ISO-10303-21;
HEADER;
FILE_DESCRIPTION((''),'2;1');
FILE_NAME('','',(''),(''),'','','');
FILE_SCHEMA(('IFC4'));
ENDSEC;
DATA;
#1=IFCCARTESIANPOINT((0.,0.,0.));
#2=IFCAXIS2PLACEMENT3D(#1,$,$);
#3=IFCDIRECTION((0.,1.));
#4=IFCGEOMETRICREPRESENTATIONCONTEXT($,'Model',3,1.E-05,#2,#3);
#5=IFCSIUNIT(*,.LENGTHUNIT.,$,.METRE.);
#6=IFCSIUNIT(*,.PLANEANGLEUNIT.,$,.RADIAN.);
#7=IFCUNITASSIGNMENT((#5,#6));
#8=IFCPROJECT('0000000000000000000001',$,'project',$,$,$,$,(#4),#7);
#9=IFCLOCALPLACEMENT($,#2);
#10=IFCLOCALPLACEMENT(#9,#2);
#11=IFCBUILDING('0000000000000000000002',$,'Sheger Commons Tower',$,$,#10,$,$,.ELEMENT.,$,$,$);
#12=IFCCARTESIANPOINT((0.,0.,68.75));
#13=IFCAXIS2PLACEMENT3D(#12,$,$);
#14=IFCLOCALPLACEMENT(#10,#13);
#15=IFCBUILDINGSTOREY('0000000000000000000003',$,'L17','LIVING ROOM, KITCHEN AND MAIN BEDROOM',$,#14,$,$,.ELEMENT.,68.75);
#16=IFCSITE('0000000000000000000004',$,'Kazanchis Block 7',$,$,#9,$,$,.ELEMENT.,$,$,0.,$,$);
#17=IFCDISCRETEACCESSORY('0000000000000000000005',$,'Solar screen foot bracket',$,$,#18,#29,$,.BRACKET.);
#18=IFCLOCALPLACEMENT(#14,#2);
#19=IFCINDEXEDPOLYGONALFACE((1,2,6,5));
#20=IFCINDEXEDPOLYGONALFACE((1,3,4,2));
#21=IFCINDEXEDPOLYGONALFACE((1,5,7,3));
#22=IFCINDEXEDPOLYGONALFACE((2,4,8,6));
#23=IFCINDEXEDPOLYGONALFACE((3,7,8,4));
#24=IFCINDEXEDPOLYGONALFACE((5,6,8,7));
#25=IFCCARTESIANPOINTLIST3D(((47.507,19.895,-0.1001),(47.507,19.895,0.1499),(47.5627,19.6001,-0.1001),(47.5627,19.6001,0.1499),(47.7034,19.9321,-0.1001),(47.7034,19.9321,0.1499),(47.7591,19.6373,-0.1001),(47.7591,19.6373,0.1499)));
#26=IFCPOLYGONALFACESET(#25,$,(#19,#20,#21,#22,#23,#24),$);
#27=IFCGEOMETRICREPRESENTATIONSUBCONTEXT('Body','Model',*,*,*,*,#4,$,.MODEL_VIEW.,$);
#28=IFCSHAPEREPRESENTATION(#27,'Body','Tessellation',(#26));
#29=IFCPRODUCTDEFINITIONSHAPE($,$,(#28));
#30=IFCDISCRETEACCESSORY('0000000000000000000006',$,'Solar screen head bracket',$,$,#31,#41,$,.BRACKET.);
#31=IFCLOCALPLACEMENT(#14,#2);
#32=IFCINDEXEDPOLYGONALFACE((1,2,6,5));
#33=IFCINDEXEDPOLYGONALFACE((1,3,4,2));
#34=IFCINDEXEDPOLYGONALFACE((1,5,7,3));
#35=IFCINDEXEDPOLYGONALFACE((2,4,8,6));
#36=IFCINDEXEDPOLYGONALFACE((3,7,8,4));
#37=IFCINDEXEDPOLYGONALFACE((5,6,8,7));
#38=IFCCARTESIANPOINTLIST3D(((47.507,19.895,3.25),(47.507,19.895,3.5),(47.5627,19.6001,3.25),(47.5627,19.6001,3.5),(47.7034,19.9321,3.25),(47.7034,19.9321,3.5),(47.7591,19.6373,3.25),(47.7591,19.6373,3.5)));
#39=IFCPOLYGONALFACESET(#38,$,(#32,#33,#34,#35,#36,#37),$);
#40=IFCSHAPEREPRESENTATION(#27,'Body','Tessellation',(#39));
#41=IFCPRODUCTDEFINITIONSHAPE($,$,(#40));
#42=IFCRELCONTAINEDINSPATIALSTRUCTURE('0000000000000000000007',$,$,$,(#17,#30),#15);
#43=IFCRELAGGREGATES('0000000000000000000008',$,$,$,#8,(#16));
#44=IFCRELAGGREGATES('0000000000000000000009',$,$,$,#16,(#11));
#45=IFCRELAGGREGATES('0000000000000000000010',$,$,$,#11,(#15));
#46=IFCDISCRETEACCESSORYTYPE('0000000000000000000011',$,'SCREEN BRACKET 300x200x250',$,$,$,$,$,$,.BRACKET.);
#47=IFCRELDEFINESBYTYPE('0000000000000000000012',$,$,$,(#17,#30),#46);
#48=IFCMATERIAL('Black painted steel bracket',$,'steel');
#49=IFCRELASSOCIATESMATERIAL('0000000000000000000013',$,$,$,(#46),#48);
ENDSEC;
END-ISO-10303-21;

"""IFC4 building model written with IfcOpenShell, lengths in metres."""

from ifc_helpers import new_model, si_unit, direction, frame, origin, origin_2d, place, context, subcontext, project, spatial, rectangle, extrude, material, type_object, element, save


model = new_model("IFC4")

# Units and contexts
model_context = context("Model", 3, precision=1e-05, world=origin(), true_north=direction((0.0, 1.0)))
body_context = subcontext(model_context, "Body", "Model", "MODEL_VIEW")
ifc_project = project(units=[si_unit("LENGTHUNIT", "METRE"), si_unit("PLANEANGLEUNIT", "RADIAN")], contexts=[model_context])

# Site, building, storey
site_placement = place(None, origin())
site = spatial("IfcSite", under=ifc_project, at=site_placement, Name="Kazanchis Block 7", CompositionType="ELEMENT", RefElevation=0.0)
building_placement = place(site_placement, origin())
building = spatial("IfcBuilding", under=site, at=building_placement, Name="Sheger Commons Tower", CompositionType="ELEMENT")
storey_placement = place(building_placement, frame((0.0, 0.0, 68.75)))
storey = spatial("IfcBuildingStorey", under=building, at=storey_placement, Name="L17", Description="LIVING ROOM, KITCHEN AND MAIN BEDROOM", CompositionType="ELEMENT", Elevation=68.75)

# Discrete accessories
ifc_material_1 = material(Name="Black painted steel bracket", Category="steel")
discrete_accessory_type = type_object("IfcDiscreteAccessoryType", Name="SCREEN BRACKET 300x200x250", PredefinedType="BRACKET", material=ifc_material_1)
for number, where, z_axis, x_axis, name in (
    (1, (47.6331, 19.7661, -0.1001), (0.0, 0.0, 1.0), (-0.185615, 0.982623, 0.0), "Solar screen foot bracket"),
    (2, (47.6331, 19.7661, 3.25), (0.0, 0.0, 1.0), (-0.185615, 0.982623, 0.0), "Solar screen head bracket"),
):
    element("IfcDiscreteAccessory", number, at=place(storey_placement, frame(where, z_axis=z_axis, x_axis=x_axis)), inside=storey, type_object=discrete_accessory_type, Name=name, PredefinedType="BRACKET", context=body_context, shape_type="SweptSolid", body=[
        extrude(rectangle(XDim=0.3, YDim=0.2, at=origin_2d()), origin(), (0.0, 0.0, 1.0), 0.25),
    ])

save(model, "model.ifc")
